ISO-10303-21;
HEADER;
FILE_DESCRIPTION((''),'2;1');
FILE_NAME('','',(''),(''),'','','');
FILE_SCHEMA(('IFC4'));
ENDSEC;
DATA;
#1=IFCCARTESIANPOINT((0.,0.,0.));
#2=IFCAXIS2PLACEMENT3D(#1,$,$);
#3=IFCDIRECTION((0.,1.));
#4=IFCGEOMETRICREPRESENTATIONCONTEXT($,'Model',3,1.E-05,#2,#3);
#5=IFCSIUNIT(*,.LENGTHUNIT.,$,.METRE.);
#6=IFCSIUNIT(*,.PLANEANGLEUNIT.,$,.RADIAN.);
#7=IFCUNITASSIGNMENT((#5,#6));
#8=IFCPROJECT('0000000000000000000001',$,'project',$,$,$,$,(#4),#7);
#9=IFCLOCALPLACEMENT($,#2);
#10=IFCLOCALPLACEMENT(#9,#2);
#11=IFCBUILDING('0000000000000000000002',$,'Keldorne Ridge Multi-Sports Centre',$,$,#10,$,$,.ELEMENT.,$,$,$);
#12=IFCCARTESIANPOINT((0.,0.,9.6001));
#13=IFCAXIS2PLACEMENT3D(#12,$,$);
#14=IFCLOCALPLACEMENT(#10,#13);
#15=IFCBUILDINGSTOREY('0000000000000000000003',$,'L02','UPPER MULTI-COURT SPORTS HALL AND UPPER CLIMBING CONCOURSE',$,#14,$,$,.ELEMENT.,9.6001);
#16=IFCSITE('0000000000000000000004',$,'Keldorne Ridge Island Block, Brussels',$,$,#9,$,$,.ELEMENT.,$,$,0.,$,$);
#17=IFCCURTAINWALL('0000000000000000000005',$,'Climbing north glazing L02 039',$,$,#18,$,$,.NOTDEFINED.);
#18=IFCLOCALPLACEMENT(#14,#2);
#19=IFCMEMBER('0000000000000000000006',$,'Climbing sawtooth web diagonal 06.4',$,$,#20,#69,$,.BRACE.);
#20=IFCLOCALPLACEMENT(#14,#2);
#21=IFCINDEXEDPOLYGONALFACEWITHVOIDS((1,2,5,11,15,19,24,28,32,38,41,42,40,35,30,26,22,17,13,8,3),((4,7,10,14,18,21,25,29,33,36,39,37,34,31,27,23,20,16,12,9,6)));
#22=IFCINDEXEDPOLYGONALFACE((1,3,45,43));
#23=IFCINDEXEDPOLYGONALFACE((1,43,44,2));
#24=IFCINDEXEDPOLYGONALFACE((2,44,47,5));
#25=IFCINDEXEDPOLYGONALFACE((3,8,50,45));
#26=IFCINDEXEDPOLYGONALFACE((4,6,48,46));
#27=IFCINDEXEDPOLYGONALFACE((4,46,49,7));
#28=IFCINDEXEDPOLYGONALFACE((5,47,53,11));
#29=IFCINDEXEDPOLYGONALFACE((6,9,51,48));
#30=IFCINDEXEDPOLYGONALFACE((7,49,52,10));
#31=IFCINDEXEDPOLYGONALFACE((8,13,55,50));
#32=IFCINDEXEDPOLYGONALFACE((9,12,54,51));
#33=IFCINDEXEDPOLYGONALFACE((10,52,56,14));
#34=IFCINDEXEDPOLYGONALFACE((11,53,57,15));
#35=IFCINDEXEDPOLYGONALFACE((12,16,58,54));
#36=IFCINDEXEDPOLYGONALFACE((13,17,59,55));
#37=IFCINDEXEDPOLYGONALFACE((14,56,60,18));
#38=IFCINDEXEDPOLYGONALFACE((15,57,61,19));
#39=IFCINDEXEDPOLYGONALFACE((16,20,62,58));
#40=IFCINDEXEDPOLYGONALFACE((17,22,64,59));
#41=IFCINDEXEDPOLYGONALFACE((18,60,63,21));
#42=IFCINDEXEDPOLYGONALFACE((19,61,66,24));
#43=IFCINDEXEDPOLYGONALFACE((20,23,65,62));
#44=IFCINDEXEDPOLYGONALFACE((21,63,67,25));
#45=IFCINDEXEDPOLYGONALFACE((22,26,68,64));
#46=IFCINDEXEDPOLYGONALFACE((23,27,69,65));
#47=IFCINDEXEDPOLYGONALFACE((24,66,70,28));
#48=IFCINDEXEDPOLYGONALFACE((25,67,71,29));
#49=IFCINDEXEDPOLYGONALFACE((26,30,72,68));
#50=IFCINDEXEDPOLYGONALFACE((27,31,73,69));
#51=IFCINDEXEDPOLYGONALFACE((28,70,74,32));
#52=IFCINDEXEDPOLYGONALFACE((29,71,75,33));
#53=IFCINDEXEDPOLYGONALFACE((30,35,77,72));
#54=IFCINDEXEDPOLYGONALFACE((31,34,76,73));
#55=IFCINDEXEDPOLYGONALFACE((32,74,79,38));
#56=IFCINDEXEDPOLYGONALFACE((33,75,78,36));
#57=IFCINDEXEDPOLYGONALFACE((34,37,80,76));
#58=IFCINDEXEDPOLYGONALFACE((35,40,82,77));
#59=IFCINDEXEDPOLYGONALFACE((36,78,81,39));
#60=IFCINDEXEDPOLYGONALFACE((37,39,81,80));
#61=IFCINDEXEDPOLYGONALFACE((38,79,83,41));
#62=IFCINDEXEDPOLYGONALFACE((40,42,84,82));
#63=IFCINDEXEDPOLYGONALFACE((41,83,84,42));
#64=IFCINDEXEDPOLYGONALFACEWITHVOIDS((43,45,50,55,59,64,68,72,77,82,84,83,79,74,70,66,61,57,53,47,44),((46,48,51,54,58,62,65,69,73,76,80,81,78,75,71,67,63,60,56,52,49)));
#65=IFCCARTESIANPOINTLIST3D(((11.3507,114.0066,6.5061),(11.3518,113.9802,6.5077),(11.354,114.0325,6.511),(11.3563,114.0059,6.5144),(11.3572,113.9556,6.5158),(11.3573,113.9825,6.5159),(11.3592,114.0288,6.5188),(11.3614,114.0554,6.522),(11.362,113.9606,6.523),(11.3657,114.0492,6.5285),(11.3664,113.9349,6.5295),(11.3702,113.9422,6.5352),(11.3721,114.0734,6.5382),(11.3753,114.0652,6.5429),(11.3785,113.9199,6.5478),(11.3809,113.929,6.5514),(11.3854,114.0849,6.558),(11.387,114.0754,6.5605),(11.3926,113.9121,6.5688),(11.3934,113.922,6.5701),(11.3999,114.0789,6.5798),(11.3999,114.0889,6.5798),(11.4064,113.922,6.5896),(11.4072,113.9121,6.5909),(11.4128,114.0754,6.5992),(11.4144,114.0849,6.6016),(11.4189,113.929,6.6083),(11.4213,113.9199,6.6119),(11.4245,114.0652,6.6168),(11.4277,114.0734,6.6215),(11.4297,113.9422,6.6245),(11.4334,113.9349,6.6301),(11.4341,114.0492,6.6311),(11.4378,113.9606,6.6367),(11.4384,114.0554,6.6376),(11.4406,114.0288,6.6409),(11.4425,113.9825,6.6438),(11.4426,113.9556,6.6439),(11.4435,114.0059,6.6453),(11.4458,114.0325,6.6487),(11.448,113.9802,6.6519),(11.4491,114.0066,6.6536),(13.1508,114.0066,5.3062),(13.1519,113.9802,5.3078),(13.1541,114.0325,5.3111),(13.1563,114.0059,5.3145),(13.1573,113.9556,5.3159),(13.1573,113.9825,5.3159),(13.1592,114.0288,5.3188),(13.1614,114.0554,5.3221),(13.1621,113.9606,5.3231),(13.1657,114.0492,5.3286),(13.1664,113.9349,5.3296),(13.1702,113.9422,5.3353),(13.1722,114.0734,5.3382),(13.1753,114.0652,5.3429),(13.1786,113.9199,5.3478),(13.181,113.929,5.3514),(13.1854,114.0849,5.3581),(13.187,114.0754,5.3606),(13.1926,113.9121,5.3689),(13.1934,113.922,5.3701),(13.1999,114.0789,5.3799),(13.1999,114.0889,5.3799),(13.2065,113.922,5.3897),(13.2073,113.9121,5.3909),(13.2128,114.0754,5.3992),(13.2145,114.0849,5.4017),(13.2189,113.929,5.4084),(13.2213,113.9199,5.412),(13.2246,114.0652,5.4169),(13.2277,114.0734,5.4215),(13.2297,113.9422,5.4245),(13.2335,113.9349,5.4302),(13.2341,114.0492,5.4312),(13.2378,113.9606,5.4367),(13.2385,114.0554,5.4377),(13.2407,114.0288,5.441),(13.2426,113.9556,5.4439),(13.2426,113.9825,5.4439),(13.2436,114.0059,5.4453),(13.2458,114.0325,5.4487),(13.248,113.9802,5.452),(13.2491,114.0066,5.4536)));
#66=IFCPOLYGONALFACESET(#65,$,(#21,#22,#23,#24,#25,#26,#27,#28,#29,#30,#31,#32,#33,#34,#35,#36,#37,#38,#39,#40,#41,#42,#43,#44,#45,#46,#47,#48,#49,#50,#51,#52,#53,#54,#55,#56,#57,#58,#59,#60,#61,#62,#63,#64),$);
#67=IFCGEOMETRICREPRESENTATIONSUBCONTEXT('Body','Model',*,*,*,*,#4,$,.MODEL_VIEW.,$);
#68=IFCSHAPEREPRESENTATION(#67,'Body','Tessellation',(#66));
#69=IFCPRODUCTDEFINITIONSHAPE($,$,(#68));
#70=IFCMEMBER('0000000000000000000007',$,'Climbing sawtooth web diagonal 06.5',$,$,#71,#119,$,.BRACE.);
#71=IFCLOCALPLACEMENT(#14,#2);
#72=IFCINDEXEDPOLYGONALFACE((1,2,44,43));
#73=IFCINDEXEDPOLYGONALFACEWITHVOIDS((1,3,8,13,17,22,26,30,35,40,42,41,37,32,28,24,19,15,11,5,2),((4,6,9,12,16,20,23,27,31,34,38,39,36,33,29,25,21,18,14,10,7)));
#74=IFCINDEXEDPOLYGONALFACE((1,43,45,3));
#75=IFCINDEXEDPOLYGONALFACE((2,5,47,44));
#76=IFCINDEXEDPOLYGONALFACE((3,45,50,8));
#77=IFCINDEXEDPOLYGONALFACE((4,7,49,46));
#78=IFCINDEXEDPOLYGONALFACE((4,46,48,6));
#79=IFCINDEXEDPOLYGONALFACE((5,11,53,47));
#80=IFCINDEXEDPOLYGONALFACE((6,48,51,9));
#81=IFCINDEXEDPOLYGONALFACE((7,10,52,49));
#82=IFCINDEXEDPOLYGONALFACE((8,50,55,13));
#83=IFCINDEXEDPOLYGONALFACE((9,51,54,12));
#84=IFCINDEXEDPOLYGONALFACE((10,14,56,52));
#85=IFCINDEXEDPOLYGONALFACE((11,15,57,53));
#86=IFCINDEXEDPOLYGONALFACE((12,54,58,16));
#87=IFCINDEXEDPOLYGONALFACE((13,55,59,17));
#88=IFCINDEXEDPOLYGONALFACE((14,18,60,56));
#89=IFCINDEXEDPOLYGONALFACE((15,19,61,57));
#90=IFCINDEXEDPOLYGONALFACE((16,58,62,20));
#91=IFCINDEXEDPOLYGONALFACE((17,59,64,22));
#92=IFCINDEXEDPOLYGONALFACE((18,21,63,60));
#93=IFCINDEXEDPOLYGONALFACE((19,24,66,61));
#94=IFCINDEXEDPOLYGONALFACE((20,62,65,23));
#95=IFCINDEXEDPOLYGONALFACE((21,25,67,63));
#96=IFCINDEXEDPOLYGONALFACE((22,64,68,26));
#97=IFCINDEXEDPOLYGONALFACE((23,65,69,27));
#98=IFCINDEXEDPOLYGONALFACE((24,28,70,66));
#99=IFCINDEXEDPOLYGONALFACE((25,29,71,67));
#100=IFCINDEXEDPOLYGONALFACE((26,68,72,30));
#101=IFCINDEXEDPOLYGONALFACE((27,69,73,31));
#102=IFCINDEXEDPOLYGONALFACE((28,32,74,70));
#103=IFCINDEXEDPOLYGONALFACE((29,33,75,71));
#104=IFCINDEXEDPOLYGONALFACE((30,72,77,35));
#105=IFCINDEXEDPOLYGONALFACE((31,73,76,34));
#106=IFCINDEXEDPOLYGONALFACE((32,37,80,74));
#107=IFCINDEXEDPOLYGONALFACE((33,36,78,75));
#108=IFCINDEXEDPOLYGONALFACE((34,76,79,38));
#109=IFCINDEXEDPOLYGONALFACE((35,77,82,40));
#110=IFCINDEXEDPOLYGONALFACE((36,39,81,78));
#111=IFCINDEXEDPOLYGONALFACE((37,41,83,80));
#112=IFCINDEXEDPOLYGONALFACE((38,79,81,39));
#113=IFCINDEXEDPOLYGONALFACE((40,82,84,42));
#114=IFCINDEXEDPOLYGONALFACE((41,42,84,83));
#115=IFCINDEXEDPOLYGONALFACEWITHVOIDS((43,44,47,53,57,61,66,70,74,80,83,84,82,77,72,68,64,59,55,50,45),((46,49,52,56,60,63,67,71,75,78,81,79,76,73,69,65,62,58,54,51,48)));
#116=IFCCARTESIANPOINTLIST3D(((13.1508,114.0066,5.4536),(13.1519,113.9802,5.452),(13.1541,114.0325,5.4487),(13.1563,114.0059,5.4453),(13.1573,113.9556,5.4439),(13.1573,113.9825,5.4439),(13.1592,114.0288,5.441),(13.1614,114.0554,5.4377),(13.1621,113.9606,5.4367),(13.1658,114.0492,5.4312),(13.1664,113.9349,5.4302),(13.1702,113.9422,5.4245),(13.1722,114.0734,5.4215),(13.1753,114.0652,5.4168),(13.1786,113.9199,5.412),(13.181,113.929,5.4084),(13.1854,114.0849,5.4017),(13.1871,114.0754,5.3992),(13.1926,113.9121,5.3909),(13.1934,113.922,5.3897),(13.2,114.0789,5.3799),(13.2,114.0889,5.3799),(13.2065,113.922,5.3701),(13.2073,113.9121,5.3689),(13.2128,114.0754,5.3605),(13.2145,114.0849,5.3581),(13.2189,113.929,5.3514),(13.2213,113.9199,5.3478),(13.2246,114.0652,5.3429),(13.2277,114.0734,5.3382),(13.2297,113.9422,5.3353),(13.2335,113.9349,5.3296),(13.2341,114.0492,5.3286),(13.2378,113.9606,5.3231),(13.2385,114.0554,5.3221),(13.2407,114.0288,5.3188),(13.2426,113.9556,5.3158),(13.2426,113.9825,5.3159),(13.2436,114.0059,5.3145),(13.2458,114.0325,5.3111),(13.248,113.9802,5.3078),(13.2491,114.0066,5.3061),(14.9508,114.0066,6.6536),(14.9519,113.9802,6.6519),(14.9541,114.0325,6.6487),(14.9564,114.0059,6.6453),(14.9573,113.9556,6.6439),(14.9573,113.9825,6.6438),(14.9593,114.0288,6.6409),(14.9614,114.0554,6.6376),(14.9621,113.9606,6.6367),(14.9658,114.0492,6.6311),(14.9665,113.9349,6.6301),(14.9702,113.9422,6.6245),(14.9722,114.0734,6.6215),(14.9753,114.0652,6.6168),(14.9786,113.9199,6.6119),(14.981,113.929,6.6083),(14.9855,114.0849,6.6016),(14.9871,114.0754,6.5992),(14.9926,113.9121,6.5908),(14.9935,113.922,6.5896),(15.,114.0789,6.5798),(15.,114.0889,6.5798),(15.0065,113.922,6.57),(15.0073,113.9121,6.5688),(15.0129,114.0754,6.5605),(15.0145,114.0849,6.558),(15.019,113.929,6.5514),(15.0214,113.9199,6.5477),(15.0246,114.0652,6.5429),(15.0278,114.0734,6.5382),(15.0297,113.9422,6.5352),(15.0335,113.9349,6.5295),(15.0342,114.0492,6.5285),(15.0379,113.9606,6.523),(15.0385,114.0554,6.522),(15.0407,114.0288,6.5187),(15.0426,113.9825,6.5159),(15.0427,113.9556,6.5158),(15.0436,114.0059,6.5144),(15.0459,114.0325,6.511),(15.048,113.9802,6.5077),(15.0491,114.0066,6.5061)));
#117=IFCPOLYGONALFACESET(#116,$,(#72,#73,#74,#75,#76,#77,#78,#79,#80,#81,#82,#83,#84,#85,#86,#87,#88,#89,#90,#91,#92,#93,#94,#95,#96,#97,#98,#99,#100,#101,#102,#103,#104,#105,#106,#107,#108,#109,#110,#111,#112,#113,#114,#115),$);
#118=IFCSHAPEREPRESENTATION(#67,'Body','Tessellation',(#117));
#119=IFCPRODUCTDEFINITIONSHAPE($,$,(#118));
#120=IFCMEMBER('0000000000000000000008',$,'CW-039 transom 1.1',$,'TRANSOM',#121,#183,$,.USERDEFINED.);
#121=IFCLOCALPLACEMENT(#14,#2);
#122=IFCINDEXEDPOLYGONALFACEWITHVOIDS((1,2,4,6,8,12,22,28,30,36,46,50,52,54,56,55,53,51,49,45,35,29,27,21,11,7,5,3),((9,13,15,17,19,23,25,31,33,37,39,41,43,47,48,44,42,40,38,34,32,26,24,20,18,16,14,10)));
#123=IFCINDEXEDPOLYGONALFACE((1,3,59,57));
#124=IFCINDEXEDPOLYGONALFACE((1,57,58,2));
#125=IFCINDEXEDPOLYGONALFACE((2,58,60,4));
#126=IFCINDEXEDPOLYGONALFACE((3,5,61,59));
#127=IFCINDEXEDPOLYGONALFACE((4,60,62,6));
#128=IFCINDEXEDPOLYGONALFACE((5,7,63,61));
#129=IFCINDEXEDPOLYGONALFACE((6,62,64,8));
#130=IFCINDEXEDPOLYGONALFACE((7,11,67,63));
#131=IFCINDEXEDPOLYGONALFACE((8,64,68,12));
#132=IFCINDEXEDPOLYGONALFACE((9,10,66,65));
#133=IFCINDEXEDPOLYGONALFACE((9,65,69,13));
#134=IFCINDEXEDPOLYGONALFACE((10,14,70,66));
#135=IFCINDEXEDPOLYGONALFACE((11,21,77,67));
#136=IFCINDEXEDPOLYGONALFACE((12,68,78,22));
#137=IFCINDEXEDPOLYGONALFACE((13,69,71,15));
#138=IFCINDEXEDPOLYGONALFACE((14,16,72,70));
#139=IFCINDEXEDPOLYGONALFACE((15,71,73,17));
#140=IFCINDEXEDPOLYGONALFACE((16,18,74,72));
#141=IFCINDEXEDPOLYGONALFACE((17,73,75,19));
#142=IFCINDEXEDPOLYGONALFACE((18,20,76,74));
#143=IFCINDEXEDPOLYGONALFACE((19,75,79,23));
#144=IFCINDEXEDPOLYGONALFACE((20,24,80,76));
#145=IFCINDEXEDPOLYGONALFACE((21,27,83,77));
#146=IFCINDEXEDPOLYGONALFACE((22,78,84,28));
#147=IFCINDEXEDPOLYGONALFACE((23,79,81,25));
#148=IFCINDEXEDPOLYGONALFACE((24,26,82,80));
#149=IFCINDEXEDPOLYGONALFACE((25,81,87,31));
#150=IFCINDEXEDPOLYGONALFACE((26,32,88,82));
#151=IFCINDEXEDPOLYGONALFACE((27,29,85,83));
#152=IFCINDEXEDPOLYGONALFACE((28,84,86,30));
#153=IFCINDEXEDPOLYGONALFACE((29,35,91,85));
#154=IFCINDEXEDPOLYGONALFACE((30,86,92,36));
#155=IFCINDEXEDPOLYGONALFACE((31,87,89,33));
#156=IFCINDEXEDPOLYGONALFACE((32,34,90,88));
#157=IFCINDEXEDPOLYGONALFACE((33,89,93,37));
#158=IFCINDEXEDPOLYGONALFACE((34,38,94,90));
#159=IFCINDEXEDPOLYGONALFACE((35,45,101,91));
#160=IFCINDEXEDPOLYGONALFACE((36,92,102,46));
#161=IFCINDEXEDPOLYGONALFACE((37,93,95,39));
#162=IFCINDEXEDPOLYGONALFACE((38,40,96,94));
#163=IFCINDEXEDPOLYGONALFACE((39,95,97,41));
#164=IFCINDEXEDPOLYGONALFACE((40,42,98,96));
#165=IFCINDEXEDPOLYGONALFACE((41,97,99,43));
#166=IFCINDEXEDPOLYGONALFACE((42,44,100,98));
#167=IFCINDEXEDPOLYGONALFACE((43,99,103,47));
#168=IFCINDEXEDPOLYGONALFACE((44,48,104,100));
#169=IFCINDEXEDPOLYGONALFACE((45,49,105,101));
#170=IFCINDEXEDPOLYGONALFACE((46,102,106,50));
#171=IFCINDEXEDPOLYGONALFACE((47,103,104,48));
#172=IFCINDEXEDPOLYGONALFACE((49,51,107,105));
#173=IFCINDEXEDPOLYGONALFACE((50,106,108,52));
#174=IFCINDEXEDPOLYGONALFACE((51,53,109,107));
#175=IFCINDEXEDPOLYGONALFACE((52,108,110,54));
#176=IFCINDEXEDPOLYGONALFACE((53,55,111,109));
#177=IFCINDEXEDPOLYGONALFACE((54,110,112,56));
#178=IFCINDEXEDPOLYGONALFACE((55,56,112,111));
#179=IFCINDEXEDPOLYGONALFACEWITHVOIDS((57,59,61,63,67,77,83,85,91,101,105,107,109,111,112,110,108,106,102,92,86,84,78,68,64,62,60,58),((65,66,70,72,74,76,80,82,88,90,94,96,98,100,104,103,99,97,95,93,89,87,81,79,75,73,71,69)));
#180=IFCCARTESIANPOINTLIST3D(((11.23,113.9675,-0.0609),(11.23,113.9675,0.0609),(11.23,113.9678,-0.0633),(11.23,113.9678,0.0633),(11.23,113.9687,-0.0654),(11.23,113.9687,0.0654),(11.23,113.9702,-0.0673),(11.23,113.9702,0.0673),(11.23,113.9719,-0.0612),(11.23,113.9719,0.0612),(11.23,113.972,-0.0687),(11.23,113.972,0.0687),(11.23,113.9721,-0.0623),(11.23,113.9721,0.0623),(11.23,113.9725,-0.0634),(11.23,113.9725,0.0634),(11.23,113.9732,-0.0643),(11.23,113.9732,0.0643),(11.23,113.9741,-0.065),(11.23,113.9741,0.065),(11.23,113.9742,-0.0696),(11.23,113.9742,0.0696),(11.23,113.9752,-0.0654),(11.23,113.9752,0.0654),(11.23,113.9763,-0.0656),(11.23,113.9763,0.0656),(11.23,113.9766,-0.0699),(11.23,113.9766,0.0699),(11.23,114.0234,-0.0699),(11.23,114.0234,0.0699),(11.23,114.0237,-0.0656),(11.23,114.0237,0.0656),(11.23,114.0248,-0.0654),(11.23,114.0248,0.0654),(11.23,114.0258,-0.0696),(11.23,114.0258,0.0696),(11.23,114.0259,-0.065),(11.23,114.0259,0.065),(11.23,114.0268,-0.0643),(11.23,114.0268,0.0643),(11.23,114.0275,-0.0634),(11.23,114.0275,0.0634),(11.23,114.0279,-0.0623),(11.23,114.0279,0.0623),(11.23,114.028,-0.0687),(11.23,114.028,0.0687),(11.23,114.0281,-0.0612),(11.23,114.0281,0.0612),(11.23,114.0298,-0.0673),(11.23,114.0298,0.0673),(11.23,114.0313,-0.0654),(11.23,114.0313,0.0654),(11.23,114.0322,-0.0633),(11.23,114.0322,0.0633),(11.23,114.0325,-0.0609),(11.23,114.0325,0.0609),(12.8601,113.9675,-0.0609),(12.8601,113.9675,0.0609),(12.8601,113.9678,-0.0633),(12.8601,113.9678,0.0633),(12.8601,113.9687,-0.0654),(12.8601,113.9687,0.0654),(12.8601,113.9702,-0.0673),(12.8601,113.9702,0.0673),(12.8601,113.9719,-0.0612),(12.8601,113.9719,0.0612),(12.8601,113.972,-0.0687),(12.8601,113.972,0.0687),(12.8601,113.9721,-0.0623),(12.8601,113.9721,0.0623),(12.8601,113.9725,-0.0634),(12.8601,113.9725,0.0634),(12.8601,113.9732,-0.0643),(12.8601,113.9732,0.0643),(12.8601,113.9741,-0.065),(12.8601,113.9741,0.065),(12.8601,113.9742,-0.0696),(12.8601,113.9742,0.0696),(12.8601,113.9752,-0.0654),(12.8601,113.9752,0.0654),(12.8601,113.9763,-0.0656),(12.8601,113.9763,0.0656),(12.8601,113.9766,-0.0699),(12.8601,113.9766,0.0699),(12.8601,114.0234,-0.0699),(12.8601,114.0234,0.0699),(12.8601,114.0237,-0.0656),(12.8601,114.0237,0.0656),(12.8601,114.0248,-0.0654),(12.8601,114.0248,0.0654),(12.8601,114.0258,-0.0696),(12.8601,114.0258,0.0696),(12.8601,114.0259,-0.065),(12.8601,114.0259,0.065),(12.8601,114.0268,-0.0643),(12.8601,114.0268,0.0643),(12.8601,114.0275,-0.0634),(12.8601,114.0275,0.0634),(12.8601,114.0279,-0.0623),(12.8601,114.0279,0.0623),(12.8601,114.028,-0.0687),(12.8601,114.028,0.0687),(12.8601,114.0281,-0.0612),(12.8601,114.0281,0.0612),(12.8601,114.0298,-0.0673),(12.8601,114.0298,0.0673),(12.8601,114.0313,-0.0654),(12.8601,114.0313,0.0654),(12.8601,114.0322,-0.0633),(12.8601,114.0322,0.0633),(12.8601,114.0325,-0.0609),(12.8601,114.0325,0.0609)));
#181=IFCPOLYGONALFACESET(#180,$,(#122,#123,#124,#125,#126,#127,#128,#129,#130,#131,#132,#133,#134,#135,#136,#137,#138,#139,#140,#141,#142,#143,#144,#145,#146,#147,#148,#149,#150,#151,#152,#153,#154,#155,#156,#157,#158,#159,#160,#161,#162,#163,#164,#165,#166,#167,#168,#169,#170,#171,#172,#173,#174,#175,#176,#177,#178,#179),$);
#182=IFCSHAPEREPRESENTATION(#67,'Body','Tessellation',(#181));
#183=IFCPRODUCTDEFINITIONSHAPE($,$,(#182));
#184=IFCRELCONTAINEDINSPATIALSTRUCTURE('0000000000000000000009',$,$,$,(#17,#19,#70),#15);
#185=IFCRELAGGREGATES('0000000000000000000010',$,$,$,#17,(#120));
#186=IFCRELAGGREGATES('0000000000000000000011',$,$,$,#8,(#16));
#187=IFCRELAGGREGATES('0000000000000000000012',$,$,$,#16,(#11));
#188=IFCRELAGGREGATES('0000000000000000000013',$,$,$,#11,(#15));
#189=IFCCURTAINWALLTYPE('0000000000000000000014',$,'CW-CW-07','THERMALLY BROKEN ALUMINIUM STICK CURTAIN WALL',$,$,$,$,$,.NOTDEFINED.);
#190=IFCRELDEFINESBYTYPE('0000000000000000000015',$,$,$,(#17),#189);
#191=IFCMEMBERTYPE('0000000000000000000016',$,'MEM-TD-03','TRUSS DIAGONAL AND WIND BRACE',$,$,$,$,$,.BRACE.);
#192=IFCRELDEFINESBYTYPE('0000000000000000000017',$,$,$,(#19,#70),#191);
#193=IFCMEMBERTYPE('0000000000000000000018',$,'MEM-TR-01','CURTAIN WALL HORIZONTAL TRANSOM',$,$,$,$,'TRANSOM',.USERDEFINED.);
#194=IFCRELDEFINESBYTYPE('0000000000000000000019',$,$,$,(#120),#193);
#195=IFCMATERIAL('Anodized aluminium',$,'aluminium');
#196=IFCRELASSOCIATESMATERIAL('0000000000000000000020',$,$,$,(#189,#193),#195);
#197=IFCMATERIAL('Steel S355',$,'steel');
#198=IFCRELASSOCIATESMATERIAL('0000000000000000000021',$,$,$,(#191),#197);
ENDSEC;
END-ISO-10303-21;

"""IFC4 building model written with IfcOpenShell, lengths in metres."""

from ifc_helpers import new_model, si_unit, direction, frame, origin, origin_2d, place, context, subcontext, project, spatial, hollow_rectangle, hollow_circle, extrude, material, material_profile, profile_set, type_object, element, aggregate, save


model = new_model("IFC4")

# Units and contexts
model_context = context("Model", 3, precision=1e-05, world=origin(), true_north=direction((0.0, 1.0)))
body_context = subcontext(model_context, "Body", "Model", "MODEL_VIEW")
ifc_project = project(units=[si_unit("LENGTHUNIT", "METRE"), si_unit("PLANEANGLEUNIT", "RADIAN")], contexts=[model_context])

# Site, building, storey
site_placement = place(None, origin())
site = spatial("IfcSite", under=ifc_project, at=site_placement, Name="Keldorne Ridge Island Block, Brussels", CompositionType="ELEMENT", RefElevation=0.0)
building_placement = place(site_placement, origin())
building = spatial("IfcBuilding", under=site, at=building_placement, Name="Keldorne Ridge Multi-Sports Centre", CompositionType="ELEMENT")
storey_placement = place(building_placement, frame((0.0, 0.0, 9.6001)))
storey = spatial("IfcBuildingStorey", under=building, at=storey_placement, Name="L02", Description="UPPER MULTI-COURT SPORTS HALL AND UPPER CLIMBING CONCOURSE", CompositionType="ELEMENT", Elevation=9.6001)

# Shared definitions
ifc_material_1 = material(Name="Steel S355", Category="steel")

# Curtain wall
ifc_material_2 = material(Name="Anodized aluminium", Category="aluminium")
curtain_wall_type = type_object("IfcCurtainWallType", Name="CW-CW-07", Description="THERMALLY BROKEN ALUMINIUM STICK CURTAIN WALL", PredefinedType="NOTDEFINED", material=ifc_material_2)
curtain_wall_placement = place(storey_placement, origin())
curtain_wall = element("IfcCurtainWall", 1, at=curtain_wall_placement, inside=storey, type_object=curtain_wall_type, Name="Climbing north glazing L02 039", PredefinedType="NOTDEFINED")

# Members
ifc_material_profile_1 = material_profile(ifc_material_1, hollow_circle(Radius=0.0889, WallThickness=0.01, at=origin_2d()), Name="CHS 177.8x10")
ifc_profile_set_1 = profile_set([ifc_material_profile_1], Name="Steel S355")
member_type_1 = type_object("IfcMemberType", Name="MEM-TD-03", Description="TRUSS DIAGONAL AND WIND BRACE", PredefinedType="BRACE", material=ifc_profile_set_1)
for number, where, z_axis, x_axis, name in (
    (2, (11.3999, 114.0, 6.5798), (0.832068, 0.0, -0.554674), (0.0, 1.0, 0.0), "Climbing sawtooth web diagonal 06.4"),
    (3, (13.2, 114.0, 5.3799), (0.832068, 0.0, 0.554674), (0.0, 1.0, 0.0), "Climbing sawtooth web diagonal 06.5"),
):
    element("IfcMember", number, at=place(storey_placement, frame(where, z_axis=z_axis, x_axis=x_axis)), inside=storey, type_object=member_type_1, Name=name, PredefinedType="BRACE", context=body_context, shape_type="SweptSolid", body=[
        extrude(hollow_circle(Radius=0.0889, WallThickness=0.01, at=origin_2d()), origin(), (0.0, 0.0, 1.0), 2.1633),
    ])

# Member
ifc_material_profile_2 = material_profile(ifc_material_2, hollow_rectangle(XDim=0.0649, YDim=0.1399, WallThickness=0.0044, InnerFilletRadius=0.0044, OuterFilletRadius=0.009, at=origin_2d()), Name="ALU TRANSOM 140x65x4.5")
ifc_profile_set_2 = profile_set([ifc_material_profile_2], Name="Anodized aluminium")
member_type_2 = type_object("IfcMemberType", Name="MEM-TR-01", Description="CURTAIN WALL HORIZONTAL TRANSOM", ElementType="TRANSOM", PredefinedType="USERDEFINED", material=ifc_profile_set_2)
member_1_placement = place(storey_placement, frame((12.8601, 114.0, 0.0), z_axis=(-1.0, 0.0, 0.0), x_axis=(0.0, -1.0, 0.0)))
member_1 = element("IfcMember", 4, at=member_1_placement, type_object=member_type_2, Name="CW-039 transom 1.1", ObjectType="TRANSOM", PredefinedType="USERDEFINED", context=body_context, shape_type="SweptSolid", body=[
    extrude(hollow_rectangle(XDim=0.0649, YDim=0.1399, WallThickness=0.0044, InnerFilletRadius=0.0044, OuterFilletRadius=0.009, at=origin_2d()), origin(), (0.0, 0.0, 1.0), 1.6301),
])

aggregate(curtain_wall, [member_1])

save(model, "model.ifc")
